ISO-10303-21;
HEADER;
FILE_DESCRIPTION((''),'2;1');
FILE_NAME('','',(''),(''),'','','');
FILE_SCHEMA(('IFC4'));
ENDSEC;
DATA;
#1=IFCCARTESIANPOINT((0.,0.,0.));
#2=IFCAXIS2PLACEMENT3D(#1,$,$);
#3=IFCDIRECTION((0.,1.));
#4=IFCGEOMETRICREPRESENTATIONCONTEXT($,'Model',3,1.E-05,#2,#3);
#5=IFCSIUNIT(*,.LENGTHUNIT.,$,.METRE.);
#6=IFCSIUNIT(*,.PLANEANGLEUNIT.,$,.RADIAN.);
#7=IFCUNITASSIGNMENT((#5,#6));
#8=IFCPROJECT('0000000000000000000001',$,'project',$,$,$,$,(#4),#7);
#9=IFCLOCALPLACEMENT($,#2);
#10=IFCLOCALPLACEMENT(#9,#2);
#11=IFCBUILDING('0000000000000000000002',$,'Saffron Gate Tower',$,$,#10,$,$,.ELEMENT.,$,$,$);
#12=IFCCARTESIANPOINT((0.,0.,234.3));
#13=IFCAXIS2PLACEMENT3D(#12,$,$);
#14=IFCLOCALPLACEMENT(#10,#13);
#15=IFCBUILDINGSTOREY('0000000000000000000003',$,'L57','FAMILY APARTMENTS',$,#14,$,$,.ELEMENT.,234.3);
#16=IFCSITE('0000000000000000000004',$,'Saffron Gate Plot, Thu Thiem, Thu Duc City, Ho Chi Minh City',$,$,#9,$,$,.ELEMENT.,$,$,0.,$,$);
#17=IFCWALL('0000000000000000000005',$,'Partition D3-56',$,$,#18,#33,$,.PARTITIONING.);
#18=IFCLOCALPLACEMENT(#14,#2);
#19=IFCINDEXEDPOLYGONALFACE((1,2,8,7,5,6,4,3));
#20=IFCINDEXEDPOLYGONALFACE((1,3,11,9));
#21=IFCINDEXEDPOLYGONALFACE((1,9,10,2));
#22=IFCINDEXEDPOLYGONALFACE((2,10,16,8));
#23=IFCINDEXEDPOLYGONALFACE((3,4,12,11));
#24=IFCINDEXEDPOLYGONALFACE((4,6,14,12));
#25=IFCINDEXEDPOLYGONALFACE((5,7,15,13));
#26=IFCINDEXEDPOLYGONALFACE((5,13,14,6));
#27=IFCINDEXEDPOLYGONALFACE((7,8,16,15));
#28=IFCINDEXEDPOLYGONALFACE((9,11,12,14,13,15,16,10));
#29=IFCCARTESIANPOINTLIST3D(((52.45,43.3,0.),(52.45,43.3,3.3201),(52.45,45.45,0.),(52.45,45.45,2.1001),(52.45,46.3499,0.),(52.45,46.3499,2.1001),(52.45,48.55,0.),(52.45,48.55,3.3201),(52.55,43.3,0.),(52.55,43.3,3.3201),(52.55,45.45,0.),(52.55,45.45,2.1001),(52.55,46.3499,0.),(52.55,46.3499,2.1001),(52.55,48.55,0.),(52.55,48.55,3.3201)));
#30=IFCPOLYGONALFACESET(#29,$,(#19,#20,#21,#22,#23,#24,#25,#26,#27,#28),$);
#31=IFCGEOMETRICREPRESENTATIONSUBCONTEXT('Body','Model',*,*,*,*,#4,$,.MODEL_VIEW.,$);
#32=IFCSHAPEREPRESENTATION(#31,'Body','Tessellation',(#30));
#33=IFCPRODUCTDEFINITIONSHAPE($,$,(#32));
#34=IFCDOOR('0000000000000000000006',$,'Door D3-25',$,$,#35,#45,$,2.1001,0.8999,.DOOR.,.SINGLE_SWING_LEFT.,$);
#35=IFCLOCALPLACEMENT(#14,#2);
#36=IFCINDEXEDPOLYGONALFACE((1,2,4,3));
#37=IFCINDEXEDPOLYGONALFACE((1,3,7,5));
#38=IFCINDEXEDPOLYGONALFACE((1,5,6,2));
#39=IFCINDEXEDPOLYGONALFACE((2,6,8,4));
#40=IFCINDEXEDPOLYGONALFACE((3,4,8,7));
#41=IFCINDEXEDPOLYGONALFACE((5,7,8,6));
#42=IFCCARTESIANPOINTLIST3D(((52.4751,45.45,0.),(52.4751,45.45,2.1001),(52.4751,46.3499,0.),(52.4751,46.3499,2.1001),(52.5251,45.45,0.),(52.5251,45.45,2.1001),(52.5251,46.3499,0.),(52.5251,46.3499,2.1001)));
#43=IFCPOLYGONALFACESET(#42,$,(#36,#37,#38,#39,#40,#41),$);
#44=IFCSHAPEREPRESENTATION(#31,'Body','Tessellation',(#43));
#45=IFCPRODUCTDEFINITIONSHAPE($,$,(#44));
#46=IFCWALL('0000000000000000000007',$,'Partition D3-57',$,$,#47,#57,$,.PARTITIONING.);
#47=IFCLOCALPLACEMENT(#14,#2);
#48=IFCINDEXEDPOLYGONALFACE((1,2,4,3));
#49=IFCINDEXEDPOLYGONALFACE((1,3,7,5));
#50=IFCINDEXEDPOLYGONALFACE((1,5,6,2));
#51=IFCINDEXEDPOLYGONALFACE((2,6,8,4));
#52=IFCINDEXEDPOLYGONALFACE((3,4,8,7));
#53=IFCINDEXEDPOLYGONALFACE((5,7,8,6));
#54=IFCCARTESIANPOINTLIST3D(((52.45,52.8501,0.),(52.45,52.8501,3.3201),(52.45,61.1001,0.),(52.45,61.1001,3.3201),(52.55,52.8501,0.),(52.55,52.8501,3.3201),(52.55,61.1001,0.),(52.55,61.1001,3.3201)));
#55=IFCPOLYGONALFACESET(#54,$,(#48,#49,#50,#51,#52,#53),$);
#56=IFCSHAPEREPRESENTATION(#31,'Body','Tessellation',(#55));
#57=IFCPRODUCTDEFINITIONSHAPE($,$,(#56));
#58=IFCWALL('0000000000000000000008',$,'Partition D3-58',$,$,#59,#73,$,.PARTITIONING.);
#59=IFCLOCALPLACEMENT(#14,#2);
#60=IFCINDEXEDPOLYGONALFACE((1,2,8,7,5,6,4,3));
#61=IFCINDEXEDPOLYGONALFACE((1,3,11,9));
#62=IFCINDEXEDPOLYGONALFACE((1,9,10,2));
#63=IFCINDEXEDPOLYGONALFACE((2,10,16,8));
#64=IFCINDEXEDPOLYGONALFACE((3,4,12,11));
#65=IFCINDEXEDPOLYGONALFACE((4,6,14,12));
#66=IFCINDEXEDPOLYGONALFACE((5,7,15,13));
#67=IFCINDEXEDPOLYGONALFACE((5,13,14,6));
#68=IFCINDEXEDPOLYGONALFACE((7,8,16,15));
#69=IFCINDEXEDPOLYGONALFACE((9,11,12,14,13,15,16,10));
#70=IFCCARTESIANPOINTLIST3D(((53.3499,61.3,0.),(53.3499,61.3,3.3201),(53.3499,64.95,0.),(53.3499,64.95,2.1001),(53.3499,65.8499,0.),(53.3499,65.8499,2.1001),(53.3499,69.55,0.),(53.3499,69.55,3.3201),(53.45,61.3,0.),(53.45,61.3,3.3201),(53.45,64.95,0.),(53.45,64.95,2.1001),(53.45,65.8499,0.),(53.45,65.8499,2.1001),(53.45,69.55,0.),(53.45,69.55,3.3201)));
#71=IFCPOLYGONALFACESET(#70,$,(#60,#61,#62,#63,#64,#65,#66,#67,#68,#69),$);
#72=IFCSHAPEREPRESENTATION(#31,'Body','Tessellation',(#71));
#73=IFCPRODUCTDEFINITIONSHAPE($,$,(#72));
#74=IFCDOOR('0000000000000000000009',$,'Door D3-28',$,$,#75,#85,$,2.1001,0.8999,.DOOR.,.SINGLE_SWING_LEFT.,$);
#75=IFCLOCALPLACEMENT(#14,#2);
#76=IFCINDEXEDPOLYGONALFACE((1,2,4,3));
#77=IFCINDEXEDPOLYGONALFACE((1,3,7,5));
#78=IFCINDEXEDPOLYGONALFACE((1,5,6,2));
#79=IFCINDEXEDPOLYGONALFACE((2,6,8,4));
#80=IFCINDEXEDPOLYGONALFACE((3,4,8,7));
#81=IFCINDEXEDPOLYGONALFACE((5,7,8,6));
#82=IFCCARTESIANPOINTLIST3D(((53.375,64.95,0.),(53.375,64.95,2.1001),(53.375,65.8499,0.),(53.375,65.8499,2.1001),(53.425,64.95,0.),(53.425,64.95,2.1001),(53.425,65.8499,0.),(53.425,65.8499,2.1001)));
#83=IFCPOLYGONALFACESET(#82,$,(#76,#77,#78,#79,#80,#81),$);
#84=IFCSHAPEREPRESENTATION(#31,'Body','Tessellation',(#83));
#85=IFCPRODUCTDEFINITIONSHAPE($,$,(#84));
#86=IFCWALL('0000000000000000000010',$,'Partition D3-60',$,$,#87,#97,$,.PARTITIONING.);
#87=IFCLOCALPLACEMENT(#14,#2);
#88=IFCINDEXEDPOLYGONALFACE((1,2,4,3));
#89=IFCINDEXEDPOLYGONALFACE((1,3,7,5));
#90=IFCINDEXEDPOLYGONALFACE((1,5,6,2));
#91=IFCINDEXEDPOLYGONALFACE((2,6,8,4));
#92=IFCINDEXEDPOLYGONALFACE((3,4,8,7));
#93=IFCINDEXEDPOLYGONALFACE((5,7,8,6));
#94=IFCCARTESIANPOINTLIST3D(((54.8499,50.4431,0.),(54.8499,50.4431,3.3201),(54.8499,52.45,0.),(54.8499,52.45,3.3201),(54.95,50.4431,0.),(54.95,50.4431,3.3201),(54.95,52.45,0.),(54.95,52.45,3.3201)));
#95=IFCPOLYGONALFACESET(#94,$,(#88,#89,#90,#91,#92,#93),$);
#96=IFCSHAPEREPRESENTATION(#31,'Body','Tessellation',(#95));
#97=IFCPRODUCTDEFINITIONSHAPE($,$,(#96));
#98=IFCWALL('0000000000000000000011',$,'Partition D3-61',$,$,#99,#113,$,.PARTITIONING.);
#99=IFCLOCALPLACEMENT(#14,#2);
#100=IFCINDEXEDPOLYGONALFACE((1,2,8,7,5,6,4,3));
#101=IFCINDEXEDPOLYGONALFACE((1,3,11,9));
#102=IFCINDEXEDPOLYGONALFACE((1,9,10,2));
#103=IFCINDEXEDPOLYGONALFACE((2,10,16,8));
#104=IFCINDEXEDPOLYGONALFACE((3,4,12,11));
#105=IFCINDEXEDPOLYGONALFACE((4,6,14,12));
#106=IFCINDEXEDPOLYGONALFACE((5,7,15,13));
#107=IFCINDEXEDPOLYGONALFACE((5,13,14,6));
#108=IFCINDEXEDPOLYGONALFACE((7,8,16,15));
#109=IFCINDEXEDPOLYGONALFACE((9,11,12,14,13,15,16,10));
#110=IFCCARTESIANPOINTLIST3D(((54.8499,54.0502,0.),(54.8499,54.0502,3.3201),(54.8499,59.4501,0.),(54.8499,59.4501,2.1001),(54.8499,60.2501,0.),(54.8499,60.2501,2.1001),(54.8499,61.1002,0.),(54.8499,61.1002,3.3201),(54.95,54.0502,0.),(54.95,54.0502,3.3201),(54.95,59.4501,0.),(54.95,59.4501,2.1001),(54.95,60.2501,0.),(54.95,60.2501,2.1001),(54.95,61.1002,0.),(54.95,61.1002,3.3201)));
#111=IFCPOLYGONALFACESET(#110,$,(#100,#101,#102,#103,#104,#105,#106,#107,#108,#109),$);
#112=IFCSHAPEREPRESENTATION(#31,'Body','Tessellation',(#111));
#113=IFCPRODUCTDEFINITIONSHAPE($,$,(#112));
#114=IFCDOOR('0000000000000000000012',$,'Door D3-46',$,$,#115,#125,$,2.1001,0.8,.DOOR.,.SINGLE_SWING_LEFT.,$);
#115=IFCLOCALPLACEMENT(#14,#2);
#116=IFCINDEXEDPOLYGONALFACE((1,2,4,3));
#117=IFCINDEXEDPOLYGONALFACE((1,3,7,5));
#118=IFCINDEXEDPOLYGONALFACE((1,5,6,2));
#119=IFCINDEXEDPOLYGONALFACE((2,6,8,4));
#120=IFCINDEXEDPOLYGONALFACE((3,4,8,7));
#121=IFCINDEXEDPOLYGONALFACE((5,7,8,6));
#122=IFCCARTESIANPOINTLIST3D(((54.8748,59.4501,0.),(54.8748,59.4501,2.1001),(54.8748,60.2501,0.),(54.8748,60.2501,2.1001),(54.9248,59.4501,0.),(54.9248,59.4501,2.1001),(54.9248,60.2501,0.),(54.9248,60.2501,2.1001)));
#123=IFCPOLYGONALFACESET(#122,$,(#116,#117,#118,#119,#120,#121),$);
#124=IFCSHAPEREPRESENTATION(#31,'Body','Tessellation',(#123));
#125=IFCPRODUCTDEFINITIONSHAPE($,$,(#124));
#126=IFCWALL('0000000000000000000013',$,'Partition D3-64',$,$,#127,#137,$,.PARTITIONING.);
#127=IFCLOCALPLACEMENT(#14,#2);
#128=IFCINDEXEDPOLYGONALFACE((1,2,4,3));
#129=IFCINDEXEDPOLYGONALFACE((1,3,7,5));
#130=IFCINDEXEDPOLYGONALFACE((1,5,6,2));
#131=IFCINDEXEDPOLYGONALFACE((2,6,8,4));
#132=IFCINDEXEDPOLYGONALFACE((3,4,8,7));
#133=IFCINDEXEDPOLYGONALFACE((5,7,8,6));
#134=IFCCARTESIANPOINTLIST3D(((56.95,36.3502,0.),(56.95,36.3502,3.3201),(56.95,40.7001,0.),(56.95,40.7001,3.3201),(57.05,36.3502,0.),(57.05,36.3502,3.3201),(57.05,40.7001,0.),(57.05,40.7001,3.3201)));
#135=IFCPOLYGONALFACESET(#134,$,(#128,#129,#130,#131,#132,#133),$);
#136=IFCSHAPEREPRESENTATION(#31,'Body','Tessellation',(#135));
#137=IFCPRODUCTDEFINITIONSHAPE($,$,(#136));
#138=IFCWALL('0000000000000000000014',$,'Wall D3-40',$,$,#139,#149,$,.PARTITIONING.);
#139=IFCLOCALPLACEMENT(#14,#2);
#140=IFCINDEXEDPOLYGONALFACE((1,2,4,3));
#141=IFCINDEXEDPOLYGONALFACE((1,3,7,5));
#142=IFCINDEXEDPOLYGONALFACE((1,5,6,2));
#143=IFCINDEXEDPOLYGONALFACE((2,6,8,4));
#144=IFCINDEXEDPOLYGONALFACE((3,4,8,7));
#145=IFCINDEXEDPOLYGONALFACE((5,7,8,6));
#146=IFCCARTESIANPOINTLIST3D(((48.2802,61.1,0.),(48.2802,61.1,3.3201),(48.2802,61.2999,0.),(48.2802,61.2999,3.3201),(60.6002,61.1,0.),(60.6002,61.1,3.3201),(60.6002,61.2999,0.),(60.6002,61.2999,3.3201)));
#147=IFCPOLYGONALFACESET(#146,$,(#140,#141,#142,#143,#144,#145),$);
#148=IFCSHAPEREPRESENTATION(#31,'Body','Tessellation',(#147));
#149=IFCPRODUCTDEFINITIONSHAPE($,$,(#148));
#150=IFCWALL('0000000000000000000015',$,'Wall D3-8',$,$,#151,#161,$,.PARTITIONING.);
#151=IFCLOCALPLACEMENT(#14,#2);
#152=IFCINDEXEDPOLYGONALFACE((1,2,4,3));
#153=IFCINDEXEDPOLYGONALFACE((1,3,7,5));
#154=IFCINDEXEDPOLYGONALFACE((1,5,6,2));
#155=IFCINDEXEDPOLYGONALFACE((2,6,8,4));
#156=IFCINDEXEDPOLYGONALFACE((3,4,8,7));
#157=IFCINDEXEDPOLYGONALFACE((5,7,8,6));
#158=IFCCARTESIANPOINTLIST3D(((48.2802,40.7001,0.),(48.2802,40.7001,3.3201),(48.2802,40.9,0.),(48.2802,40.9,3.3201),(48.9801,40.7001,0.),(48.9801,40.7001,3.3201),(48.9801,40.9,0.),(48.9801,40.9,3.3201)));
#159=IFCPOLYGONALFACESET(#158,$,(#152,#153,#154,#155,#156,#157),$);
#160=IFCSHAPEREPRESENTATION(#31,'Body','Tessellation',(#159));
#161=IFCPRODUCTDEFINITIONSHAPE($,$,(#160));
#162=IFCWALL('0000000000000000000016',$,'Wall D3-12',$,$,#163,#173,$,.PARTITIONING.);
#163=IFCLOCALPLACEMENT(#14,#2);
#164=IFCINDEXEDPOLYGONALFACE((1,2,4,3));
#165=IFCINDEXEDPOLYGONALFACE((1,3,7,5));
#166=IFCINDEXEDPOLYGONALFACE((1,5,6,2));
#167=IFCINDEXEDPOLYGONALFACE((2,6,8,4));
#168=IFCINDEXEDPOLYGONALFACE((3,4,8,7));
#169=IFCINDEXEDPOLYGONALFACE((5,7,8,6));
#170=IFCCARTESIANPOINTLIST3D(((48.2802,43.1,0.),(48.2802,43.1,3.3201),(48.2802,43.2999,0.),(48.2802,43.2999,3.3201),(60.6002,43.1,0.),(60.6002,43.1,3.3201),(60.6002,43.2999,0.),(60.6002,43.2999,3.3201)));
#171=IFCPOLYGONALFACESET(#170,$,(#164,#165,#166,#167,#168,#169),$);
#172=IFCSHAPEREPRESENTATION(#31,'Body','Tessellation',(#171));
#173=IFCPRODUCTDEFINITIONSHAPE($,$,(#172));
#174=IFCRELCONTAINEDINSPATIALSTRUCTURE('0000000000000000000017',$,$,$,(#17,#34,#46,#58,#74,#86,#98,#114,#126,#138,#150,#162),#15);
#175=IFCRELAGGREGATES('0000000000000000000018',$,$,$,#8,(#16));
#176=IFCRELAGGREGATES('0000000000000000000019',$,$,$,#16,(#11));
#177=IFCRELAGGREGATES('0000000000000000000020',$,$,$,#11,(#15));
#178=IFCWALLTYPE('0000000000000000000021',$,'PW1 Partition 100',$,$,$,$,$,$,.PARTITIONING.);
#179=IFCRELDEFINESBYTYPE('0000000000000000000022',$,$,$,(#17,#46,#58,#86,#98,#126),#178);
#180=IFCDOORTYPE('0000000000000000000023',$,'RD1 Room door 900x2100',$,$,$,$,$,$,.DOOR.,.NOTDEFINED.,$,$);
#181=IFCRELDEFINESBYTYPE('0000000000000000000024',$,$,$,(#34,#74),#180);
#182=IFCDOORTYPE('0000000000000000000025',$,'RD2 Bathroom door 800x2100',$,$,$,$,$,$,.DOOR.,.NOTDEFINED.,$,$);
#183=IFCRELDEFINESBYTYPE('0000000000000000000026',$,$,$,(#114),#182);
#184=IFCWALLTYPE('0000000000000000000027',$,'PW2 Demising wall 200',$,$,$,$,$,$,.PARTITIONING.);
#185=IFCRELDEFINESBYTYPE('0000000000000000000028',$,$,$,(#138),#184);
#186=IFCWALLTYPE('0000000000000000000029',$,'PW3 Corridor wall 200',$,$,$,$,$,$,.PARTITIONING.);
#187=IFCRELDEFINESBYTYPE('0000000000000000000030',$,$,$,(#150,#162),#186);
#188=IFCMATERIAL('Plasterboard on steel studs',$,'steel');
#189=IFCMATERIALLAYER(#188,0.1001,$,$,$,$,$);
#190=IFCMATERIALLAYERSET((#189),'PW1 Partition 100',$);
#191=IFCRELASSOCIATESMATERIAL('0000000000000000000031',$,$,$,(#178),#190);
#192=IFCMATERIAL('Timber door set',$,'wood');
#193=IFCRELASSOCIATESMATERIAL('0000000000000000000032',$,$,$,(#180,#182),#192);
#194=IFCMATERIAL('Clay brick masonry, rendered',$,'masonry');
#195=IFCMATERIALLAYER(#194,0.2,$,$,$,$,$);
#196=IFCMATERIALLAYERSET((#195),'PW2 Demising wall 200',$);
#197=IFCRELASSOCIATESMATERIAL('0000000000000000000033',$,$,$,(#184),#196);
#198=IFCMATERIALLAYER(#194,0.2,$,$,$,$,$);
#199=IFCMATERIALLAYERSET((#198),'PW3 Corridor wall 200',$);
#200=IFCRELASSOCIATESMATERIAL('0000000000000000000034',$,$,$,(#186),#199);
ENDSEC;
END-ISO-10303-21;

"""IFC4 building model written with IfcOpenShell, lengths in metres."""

from ifc_helpers import new_model, si_unit, direction, frame, frame_2d, origin, place, context, subcontext, project, spatial, rectangle, extrude, material, layer, layer_set, type_object, element, fill, save


model = new_model("IFC4")

# Units and contexts
model_context = context("Model", 3, precision=1e-05, world=origin(), true_north=direction((0.0, 1.0)))
body_context = subcontext(model_context, "Body", "Model", "MODEL_VIEW")
ifc_project = project(units=[si_unit("LENGTHUNIT", "METRE"), si_unit("PLANEANGLEUNIT", "RADIAN")], contexts=[model_context])

# Site, building, storey
site_placement = place(None, origin())
site = spatial("IfcSite", under=ifc_project, at=site_placement, Name="Saffron Gate Plot, Thu Thiem, Thu Duc City, Ho Chi Minh City", CompositionType="ELEMENT", RefElevation=0.0)
building_placement = place(site_placement, origin())
building = spatial("IfcBuilding", under=site, at=building_placement, Name="Saffron Gate Tower", CompositionType="ELEMENT")
storey_placement = place(building_placement, frame((0.0, 0.0, 234.3)))
storey = spatial("IfcBuildingStorey", under=building, at=storey_placement, Name="L57", Description="FAMILY APARTMENTS", CompositionType="ELEMENT", Elevation=234.3)

# Shared definitions
ifc_material_1 = material(Name="Plasterboard on steel studs", Category="steel")
ifc_layer_1 = layer(ifc_material_1, 0.1001)
ifc_layer_set_1 = layer_set([ifc_layer_1], Name="PW1 Partition 100")
wall_type_1 = type_object("IfcWallType", Name="PW1 Partition 100", PredefinedType="PARTITIONING", material=ifc_layer_set_1)

# Shared definitions
ifc_material_2 = material(Name="Timber door set", Category="wood")
door_type_1 = type_object("IfcDoorType", Name="RD1 Room door 900x2100", OperationType="NOTDEFINED", PredefinedType="DOOR", material=ifc_material_2)
door_type_2 = type_object("IfcDoorType", Name="RD2 Bathroom door 800x2100", OperationType="NOTDEFINED", PredefinedType="DOOR", material=ifc_material_2)

# Wall, opening, door
wall_1_placement = place(storey_placement, frame((52.5, 43.3, 0.0), z_axis=(0.0, 0.0, 1.0), x_axis=(0.0, 1.0, 0.0)))
wall_1 = element("IfcWall", 1, at=wall_1_placement, inside=storey, type_object=wall_type_1, Name="Partition D3-56", PredefinedType="PARTITIONING", context=body_context, shape_type="SweptSolid", body=[
    extrude(rectangle(XDim=5.25, YDim=0.1001, at=frame_2d((2.625, 0.0))), origin(), (0.0, 0.0, 1.0), 3.3201),
])
opening_1_placement = place(wall_1_placement, frame((2.1499, 0.0, 0.0)))
opening_1 = element("IfcOpeningElement", 2, at=opening_1_placement, cuts=wall_1, PredefinedType="OPENING", context=body_context, shape_type="SweptSolid", body=[
    extrude(rectangle(XDim=0.8999, YDim=2.1001, at=frame_2d((0.45, 1.05))), frame((0.0, 0.0601, 0.0), z_axis=(0.0, -1.0, 0.0), x_axis=(1.0, 0.0, 0.0)), (0.0, 0.0, 1.0), 0.1201),
])
door_1_placement = place(opening_1_placement, origin())
door_1 = element("IfcDoor", 3, at=door_1_placement, inside=storey, type_object=door_type_1, Name="Door D3-25", OperationType="SINGLE_SWING_LEFT", OverallHeight=2.1001, OverallWidth=0.8999, PredefinedType="DOOR", context=body_context, shape_type="SweptSolid", body=[
    extrude(rectangle(XDim=0.8999, YDim=2.1001, at=frame_2d((0.45, 1.05))), frame((0.0, 0.0249, 0.0), z_axis=(0.0, -1.0, 0.0), x_axis=(1.0, 0.0, 0.0)), (0.0, 0.0, 1.0), 0.05),
])
fill(opening_1, door_1)

# Wall
wall_2_placement = place(storey_placement, frame((52.5, 61.1001, 0.0), z_axis=(0.0, 0.0, 1.0), x_axis=(0.0, -1.0, 0.0)))
element("IfcWall", 4, at=wall_2_placement, inside=storey, type_object=wall_type_1, Name="Partition D3-57", PredefinedType="PARTITIONING", context=body_context, shape_type="SweptSolid", body=[
    extrude(rectangle(XDim=8.25, YDim=0.1001, at=frame_2d((4.125, 0.0))), origin(), (0.0, 0.0, 1.0), 3.3201),
])

# Wall, opening, door
wall_3_placement = place(storey_placement, frame((53.3999, 61.3, 0.0), z_axis=(0.0, 0.0, 1.0), x_axis=(0.0, 1.0, 0.0)))
wall_3 = element("IfcWall", 5, at=wall_3_placement, inside=storey, type_object=wall_type_1, Name="Partition D3-58", PredefinedType="PARTITIONING", context=body_context, shape_type="SweptSolid", body=[
    extrude(rectangle(XDim=8.25, YDim=0.1001, at=frame_2d((4.125, 0.0))), origin(), (0.0, 0.0, 1.0), 3.3201),
])
opening_2_placement = place(wall_3_placement, frame((3.6499, 0.0, 0.0)))
opening_2 = element("IfcOpeningElement", 6, at=opening_2_placement, cuts=wall_3, PredefinedType="OPENING", context=body_context, shape_type="SweptSolid", body=[
    extrude(rectangle(XDim=0.8999, YDim=2.1001, at=frame_2d((0.45, 1.05))), frame((0.0, 0.0601, 0.0), z_axis=(0.0, -1.0, 0.0), x_axis=(1.0, 0.0, 0.0)), (0.0, 0.0, 1.0), 0.1201),
])
door_2_placement = place(opening_2_placement, origin())
door_2 = element("IfcDoor", 7, at=door_2_placement, inside=storey, type_object=door_type_1, Name="Door D3-28", OperationType="SINGLE_SWING_LEFT", OverallHeight=2.1001, OverallWidth=0.8999, PredefinedType="DOOR", context=body_context, shape_type="SweptSolid", body=[
    extrude(rectangle(XDim=0.8999, YDim=2.1001, at=frame_2d((0.45, 1.05))), frame((0.0, 0.0249, 0.0), z_axis=(0.0, -1.0, 0.0), x_axis=(1.0, 0.0, 0.0)), (0.0, 0.0, 1.0), 0.05),
])
fill(opening_2, door_2)

# Wall
wall_4_placement = place(storey_placement, frame((54.8999, 52.45, 0.0), z_axis=(0.0, 0.0, 1.0), x_axis=(0.0, -1.0, 0.0)))
element("IfcWall", 8, at=wall_4_placement, inside=storey, type_object=wall_type_1, Name="Partition D3-60", PredefinedType="PARTITIONING", context=body_context, shape_type="SweptSolid", body=[
    extrude(rectangle(XDim=2.0068, YDim=0.1001, at=frame_2d((1.0034, 0.0))), origin(), (0.0, 0.0, 1.0), 3.3201),
])

# Wall, opening, door
wall_5_placement = place(storey_placement, frame((54.8999, 61.1001, 0.0), z_axis=(0.0, 0.0, 1.0), x_axis=(0.0, -1.0, 0.0)))
wall_5 = element("IfcWall", 9, at=wall_5_placement, inside=storey, type_object=wall_type_1, Name="Partition D3-61", PredefinedType="PARTITIONING", context=body_context, shape_type="SweptSolid", body=[
    extrude(rectangle(XDim=7.05, YDim=0.1001, at=frame_2d((3.5249, 0.0))), origin(), (0.0, 0.0, 1.0), 3.3201),
])
opening_3_placement = place(wall_5_placement, frame((0.8501, 0.0, 0.0)))
opening_3 = element("IfcOpeningElement", 10, at=opening_3_placement, cuts=wall_5, PredefinedType="OPENING", context=body_context, shape_type="SweptSolid", body=[
    extrude(rectangle(XDim=0.8, YDim=2.1001, at=frame_2d((0.3999, 1.05))), frame((0.0, 0.0601, 0.0), z_axis=(0.0, -1.0, 0.0), x_axis=(1.0, 0.0, 0.0)), (0.0, 0.0, 1.0), 0.1201),
])
door_3_placement = place(opening_3_placement, origin())
door_3 = element("IfcDoor", 11, at=door_3_placement, inside=storey, type_object=door_type_2, Name="Door D3-46", OperationType="SINGLE_SWING_LEFT", OverallHeight=2.1001, OverallWidth=0.8, PredefinedType="DOOR", context=body_context, shape_type="SweptSolid", body=[
    extrude(rectangle(XDim=0.8, YDim=2.1001, at=frame_2d((0.3999, 1.05))), frame((0.0, 0.0249, 0.0), z_axis=(0.0, -1.0, 0.0), x_axis=(1.0, 0.0, 0.0)), (0.0, 0.0, 1.0), 0.05),
])
fill(opening_3, door_3)

# Walls
wall_6_placement = place(storey_placement, frame((57.0, 40.7, 0.0), z_axis=(0.0, 0.0, 1.0), x_axis=(0.0, -1.0, 0.0)))
element("IfcWall", 12, at=wall_6_placement, inside=storey, type_object=wall_type_1, Name="Partition D3-64", PredefinedType="PARTITIONING", context=body_context, shape_type="SweptSolid", body=[
    extrude(rectangle(XDim=4.3499, YDim=0.1001, at=frame_2d((2.1748, 0.0))), origin(), (0.0, 0.0, 1.0), 3.3201),
])
ifc_material_3 = material(Name="Clay brick masonry, rendered", Category="masonry")
ifc_layer_2 = layer(ifc_material_3, 0.2)
ifc_layer_set_2 = layer_set([ifc_layer_2], Name="PW2 Demising wall 200")
wall_type_2 = type_object("IfcWallType", Name="PW2 Demising wall 200", PredefinedType="PARTITIONING", material=ifc_layer_set_2)
wall_7_placement = place(storey_placement, frame((48.28, 61.2, 0.0), z_axis=(0.0, 0.0, 1.0), x_axis=(1.0, 0.0, 0.0)))
element("IfcWall", 13, at=wall_7_placement, inside=storey, type_object=wall_type_2, Name="Wall D3-40", PredefinedType="PARTITIONING", context=body_context, shape_type="SweptSolid", body=[
    extrude(rectangle(XDim=12.3201, YDim=0.2, at=frame_2d((6.1602, 0.0))), origin(), (0.0, 0.0, 1.0), 3.3201),
])
ifc_layer_3 = layer(ifc_material_3, 0.2)
ifc_layer_set_3 = layer_set([ifc_layer_3], Name="PW3 Corridor wall 200")
wall_type_3 = type_object("IfcWallType", Name="PW3 Corridor wall 200", PredefinedType="PARTITIONING", material=ifc_layer_set_3)
wall_8_placement = place(storey_placement, frame((48.28, 40.8, 0.0), z_axis=(0.0, 0.0, 1.0), x_axis=(1.0, 0.0, 0.0)))
element("IfcWall", 14, at=wall_8_placement, inside=storey, type_object=wall_type_3, Name="Wall D3-8", PredefinedType="PARTITIONING", context=body_context, shape_type="SweptSolid", body=[
    extrude(rectangle(XDim=0.7, YDim=0.2, at=frame_2d((0.3501, 0.0))), origin(), (0.0, 0.0, 1.0), 3.3201),
])
wall_9_placement = place(storey_placement, frame((48.28, 43.2, 0.0), z_axis=(0.0, 0.0, 1.0), x_axis=(1.0, 0.0, 0.0)))
element("IfcWall", 15, at=wall_9_placement, inside=storey, type_object=wall_type_3, Name="Wall D3-12", PredefinedType="PARTITIONING", context=body_context, shape_type="SweptSolid", body=[
    extrude(rectangle(XDim=12.3201, YDim=0.2, at=frame_2d((6.1602, 0.0))), origin(), (0.0, 0.0, 1.0), 3.3201),
])

save(model, "model.ifc")
